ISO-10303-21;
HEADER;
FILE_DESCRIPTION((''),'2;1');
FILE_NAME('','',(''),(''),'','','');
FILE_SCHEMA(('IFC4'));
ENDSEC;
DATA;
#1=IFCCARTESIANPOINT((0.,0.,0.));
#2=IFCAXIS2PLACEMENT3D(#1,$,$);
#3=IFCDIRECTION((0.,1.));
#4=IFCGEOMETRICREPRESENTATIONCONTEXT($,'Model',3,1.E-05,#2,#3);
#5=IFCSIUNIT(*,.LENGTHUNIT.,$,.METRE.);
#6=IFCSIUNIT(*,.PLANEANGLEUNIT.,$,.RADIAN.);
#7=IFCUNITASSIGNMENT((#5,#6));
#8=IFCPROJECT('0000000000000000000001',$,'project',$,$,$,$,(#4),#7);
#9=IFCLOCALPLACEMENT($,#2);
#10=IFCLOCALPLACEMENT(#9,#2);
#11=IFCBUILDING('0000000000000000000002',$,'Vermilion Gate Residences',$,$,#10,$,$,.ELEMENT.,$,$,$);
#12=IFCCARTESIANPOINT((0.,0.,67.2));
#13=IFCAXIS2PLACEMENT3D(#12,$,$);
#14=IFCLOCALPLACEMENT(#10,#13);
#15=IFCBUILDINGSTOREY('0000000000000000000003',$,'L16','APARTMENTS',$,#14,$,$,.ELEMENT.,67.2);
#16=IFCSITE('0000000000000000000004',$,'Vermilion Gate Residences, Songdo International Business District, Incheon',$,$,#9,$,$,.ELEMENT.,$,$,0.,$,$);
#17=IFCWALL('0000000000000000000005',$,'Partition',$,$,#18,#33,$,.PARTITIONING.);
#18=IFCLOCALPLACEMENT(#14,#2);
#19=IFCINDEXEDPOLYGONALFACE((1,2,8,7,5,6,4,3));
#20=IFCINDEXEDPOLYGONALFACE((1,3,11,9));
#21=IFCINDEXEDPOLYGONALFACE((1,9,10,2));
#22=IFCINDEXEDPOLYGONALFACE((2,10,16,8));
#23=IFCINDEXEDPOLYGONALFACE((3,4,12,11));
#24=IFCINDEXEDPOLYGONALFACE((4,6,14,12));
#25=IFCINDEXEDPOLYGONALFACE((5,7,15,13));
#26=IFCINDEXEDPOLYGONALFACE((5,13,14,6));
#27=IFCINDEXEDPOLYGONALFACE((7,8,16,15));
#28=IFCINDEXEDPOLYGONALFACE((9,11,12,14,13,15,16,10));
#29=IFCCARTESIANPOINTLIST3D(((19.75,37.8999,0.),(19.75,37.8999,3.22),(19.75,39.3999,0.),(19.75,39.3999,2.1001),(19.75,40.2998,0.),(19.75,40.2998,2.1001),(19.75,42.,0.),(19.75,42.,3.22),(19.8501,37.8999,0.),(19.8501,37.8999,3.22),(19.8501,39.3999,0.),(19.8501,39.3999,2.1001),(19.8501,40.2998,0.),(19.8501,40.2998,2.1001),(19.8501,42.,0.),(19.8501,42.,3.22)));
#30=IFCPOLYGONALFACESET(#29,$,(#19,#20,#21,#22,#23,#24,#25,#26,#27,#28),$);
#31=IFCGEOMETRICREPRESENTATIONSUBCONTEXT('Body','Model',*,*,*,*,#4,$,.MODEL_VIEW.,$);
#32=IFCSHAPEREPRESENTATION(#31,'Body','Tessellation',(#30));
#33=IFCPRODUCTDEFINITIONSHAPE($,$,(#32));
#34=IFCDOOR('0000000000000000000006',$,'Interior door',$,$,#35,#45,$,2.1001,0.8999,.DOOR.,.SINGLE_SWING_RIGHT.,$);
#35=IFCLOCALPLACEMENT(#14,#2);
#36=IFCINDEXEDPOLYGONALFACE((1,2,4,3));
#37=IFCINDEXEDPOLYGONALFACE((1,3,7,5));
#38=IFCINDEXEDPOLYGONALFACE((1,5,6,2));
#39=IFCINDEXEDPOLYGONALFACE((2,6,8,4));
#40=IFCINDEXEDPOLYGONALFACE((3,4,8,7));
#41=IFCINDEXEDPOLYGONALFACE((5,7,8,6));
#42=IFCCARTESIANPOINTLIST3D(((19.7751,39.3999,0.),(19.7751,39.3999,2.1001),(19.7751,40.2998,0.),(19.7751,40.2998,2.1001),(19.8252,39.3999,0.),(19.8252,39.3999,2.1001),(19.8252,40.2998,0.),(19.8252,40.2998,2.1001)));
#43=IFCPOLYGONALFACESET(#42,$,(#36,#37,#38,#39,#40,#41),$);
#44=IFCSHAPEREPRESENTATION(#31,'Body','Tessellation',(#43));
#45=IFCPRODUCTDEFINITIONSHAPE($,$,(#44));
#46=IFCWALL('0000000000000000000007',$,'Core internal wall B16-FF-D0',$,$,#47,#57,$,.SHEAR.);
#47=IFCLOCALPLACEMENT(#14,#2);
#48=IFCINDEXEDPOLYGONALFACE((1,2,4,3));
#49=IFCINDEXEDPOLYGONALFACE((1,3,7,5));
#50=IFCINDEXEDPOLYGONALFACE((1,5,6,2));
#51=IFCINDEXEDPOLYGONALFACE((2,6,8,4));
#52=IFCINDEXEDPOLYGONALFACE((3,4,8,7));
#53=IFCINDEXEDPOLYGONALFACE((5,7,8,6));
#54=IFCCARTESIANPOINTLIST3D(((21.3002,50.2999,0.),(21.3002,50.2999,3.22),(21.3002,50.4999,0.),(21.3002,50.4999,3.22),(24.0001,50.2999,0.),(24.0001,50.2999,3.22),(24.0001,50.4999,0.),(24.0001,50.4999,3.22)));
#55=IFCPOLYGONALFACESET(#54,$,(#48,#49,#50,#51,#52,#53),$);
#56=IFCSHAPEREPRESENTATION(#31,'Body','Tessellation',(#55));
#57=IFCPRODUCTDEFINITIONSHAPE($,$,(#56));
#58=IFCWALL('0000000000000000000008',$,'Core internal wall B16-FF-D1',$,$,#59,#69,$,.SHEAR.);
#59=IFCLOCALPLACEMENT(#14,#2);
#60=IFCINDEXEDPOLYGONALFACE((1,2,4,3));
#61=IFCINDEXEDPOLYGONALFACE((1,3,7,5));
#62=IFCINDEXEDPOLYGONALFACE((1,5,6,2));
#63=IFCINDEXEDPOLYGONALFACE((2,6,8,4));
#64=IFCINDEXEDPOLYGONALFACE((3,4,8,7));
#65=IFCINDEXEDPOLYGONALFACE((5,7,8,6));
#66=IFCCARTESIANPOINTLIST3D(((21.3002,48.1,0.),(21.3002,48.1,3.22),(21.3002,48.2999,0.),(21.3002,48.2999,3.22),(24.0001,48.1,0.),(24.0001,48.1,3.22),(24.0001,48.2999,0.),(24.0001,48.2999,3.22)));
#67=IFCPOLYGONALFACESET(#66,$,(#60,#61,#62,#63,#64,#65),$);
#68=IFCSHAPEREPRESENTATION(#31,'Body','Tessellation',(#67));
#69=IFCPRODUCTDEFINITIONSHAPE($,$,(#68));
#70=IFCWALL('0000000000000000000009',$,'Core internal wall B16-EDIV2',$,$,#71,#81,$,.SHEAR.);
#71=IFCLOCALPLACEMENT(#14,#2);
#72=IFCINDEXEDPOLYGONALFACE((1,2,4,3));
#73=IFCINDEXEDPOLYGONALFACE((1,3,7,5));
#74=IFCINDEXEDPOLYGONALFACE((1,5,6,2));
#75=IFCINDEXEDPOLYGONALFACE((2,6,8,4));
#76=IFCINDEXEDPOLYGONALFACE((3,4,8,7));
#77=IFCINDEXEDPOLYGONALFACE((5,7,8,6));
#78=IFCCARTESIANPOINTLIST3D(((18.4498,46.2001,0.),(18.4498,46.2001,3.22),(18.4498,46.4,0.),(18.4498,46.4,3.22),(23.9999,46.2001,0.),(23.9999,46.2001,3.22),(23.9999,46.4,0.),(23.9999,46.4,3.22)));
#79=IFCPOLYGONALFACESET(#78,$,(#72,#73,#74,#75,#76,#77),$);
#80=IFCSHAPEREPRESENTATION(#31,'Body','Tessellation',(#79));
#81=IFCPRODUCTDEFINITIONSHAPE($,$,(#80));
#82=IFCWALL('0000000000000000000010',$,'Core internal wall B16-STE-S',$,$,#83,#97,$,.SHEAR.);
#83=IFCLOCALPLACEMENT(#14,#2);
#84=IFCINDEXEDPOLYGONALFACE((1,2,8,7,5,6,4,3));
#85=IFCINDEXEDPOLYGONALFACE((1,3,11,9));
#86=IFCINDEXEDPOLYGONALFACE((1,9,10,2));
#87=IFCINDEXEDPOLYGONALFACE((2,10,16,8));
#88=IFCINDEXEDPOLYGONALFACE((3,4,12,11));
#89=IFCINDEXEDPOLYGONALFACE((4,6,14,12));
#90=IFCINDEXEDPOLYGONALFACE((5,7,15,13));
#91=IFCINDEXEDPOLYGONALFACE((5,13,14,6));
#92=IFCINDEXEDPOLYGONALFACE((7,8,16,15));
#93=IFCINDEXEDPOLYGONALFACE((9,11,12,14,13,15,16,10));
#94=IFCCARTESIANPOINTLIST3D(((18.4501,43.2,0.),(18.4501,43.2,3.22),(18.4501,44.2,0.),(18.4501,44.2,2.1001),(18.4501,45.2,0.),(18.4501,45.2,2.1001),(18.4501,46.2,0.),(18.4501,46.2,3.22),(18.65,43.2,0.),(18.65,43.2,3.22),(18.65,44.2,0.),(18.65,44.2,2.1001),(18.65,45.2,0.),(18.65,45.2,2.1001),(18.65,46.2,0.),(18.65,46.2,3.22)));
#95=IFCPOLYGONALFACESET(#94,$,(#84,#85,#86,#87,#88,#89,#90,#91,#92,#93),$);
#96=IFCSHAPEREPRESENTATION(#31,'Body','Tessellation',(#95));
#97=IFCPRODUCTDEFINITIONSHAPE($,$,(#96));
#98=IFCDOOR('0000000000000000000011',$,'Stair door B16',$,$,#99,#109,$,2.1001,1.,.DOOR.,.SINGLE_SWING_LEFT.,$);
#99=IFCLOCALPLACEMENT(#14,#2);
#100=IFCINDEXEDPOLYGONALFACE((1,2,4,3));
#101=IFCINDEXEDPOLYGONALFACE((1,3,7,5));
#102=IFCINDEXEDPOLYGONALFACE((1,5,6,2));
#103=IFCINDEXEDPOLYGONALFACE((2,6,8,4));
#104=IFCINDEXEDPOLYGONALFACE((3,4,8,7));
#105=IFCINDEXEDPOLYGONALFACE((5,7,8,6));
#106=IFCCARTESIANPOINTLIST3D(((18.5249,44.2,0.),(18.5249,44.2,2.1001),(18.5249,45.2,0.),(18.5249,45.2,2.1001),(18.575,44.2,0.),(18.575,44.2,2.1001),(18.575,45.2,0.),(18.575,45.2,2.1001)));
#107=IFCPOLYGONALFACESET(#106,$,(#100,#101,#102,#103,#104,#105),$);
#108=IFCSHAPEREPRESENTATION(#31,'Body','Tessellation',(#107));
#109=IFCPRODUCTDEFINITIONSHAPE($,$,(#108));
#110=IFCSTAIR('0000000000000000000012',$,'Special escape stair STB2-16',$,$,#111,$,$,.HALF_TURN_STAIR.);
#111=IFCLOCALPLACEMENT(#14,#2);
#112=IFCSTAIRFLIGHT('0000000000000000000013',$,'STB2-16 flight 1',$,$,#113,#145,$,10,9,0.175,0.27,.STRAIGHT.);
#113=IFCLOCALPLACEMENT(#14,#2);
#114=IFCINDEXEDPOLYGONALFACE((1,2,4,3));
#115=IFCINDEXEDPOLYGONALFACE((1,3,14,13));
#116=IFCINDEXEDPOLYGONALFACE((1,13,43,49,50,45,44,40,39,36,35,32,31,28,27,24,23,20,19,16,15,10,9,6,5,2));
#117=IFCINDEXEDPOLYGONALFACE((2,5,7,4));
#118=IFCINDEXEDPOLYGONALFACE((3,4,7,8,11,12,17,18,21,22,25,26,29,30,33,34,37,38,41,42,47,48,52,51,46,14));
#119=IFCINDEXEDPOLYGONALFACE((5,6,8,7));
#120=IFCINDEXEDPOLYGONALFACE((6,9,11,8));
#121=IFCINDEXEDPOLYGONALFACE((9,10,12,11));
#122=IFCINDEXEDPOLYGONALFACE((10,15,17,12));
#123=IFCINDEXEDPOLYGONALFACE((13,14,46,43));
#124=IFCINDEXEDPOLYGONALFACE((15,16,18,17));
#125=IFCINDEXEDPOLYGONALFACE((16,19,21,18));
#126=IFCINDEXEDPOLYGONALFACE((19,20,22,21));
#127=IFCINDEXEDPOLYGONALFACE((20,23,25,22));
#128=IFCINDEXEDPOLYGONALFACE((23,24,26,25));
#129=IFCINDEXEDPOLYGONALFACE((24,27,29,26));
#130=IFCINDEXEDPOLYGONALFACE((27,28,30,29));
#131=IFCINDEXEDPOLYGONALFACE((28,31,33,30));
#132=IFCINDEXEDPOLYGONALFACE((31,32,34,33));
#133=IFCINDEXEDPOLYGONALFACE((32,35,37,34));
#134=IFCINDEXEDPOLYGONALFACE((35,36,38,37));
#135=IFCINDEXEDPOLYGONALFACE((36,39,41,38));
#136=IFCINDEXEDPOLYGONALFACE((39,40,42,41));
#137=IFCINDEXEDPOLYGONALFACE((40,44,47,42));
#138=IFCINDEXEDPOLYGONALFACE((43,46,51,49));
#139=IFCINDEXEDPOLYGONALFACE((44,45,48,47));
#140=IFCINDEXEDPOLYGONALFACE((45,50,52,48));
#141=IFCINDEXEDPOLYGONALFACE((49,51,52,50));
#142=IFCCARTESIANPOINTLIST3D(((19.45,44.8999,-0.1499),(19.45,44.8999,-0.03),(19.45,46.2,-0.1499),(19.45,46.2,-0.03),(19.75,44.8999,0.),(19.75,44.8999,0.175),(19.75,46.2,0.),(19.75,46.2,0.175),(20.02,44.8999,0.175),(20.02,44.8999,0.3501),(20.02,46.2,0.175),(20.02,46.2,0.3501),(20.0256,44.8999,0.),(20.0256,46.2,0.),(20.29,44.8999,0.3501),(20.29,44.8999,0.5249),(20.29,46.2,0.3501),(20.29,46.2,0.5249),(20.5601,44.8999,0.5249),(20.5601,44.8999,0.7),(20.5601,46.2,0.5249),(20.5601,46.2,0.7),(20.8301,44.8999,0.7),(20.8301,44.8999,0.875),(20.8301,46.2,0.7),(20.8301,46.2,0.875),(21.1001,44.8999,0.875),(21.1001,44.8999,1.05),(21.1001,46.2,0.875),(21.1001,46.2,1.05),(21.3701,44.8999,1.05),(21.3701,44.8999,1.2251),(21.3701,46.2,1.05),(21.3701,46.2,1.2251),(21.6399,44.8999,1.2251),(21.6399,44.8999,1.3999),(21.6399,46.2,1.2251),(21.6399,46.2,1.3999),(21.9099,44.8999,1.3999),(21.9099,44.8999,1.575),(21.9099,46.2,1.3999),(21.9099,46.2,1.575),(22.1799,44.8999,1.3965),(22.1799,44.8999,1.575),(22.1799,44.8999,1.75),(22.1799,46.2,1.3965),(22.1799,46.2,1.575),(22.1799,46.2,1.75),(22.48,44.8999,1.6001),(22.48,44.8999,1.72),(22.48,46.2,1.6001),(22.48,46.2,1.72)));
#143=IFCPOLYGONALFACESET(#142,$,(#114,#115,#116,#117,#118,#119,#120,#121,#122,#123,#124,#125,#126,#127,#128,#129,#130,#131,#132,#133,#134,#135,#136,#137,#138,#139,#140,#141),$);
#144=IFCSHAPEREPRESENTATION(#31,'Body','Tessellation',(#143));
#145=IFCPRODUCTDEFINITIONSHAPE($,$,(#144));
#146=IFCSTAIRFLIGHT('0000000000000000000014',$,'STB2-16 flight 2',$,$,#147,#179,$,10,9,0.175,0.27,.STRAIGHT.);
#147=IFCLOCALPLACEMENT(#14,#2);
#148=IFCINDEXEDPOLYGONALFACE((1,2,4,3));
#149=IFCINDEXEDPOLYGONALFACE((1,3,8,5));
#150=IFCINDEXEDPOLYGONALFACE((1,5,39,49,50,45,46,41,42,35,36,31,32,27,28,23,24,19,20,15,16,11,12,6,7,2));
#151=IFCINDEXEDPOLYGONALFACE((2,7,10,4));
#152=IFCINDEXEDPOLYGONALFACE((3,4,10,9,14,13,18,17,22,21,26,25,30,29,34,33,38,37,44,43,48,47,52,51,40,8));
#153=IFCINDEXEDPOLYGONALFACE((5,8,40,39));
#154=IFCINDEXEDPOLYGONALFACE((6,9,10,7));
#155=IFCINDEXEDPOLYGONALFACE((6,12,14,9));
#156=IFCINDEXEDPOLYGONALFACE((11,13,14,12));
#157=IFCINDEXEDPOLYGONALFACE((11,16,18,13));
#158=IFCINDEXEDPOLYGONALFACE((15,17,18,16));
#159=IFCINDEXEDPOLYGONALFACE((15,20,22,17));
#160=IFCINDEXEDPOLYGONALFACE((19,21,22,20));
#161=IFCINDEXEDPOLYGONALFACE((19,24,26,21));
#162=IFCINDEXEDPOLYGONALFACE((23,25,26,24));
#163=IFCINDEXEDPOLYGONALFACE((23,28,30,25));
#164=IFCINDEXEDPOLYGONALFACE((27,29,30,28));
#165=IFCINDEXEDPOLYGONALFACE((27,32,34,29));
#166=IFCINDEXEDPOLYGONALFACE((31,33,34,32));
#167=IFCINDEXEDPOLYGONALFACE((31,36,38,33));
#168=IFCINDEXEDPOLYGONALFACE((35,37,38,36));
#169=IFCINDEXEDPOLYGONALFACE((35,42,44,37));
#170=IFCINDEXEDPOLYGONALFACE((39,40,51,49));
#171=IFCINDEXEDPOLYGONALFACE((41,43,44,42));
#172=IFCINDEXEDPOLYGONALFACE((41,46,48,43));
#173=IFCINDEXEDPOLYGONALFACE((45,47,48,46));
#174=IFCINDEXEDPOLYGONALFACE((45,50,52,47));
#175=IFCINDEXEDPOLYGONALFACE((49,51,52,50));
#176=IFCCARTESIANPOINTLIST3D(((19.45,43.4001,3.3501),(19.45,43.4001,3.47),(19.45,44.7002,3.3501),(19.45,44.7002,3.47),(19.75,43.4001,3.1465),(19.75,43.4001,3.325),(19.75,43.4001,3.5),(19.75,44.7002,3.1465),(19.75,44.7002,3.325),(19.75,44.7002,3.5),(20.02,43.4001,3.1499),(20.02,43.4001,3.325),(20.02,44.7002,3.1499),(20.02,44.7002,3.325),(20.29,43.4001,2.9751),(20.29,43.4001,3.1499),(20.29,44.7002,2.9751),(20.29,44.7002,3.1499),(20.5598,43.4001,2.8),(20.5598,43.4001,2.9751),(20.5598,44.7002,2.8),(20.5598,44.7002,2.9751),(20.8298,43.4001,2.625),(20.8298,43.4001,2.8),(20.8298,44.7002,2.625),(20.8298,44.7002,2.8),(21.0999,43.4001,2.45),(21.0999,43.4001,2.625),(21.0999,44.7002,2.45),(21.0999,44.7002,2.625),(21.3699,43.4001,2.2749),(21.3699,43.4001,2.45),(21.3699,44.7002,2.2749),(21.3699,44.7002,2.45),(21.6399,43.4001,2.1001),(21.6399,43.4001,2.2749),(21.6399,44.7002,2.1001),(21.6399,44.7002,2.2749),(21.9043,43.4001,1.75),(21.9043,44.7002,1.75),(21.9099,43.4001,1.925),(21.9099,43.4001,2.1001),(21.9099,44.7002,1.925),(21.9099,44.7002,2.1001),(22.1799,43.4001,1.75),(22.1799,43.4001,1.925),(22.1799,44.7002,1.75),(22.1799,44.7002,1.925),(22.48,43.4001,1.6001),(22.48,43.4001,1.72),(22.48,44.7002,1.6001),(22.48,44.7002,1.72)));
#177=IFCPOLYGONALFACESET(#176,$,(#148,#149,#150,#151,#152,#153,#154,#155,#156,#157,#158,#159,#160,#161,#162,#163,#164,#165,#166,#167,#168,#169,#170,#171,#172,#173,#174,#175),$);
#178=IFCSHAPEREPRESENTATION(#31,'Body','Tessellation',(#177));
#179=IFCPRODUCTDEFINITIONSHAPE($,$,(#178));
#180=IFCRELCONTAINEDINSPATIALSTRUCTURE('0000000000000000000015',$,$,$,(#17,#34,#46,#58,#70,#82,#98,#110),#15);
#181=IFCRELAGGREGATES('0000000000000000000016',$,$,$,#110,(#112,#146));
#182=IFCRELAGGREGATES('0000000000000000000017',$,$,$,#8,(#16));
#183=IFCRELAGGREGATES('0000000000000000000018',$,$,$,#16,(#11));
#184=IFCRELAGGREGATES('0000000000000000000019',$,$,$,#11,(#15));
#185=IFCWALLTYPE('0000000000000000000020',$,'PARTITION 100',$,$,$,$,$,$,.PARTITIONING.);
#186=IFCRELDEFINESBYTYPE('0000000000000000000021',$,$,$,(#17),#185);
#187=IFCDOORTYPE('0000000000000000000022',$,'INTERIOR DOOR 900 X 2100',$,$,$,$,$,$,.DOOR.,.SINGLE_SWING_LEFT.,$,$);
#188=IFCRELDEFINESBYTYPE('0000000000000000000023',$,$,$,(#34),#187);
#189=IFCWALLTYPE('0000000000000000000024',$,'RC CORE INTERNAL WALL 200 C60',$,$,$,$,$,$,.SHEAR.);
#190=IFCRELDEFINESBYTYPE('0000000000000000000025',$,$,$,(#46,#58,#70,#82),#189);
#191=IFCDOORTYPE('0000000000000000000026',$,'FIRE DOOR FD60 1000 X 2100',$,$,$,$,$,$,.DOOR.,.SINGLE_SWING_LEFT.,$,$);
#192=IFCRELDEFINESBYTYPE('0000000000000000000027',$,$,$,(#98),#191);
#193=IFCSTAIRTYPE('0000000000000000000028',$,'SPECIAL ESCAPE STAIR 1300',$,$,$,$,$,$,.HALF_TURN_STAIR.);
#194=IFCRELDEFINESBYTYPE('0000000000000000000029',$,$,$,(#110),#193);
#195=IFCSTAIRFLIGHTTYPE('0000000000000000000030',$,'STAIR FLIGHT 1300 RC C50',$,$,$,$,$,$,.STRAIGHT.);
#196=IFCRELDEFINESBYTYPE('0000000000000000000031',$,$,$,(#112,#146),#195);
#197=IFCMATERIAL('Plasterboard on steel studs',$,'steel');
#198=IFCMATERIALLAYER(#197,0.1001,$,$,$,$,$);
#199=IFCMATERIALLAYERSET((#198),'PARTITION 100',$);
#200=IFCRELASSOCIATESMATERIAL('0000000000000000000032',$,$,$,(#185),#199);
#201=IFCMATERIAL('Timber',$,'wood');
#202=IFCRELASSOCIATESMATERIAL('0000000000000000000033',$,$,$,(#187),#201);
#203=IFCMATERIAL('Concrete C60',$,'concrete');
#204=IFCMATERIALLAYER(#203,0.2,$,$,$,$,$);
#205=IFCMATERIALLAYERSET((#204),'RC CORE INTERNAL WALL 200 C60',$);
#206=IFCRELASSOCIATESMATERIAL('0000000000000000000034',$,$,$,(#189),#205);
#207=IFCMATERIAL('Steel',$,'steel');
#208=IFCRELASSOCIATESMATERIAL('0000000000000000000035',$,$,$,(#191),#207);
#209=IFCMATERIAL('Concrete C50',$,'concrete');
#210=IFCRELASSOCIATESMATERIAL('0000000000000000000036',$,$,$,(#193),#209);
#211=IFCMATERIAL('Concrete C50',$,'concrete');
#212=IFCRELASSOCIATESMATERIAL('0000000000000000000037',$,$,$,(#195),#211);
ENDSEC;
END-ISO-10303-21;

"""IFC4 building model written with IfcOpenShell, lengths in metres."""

from ifc_helpers import new_model, si_unit, direction, frame, frame_2d, origin, place, context, subcontext, project, spatial, polyline, rectangle, outline, extrude, material, layer, layer_set, type_object, element, fill, aggregate, save


model = new_model("IFC4")

# Units and contexts
model_context = context("Model", 3, precision=1e-05, world=origin(), true_north=direction((0.0, 1.0)))
body_context = subcontext(model_context, "Body", "Model", "MODEL_VIEW")
ifc_project = project(units=[si_unit("LENGTHUNIT", "METRE"), si_unit("PLANEANGLEUNIT", "RADIAN")], contexts=[model_context])

# Site, building, storey
site_placement = place(None, origin())
site = spatial("IfcSite", under=ifc_project, at=site_placement, Name="Vermilion Gate Residences, Songdo International Business District, Incheon", CompositionType="ELEMENT", RefElevation=0.0)
building_placement = place(site_placement, origin())
building = spatial("IfcBuilding", under=site, at=building_placement, Name="Vermilion Gate Residences", CompositionType="ELEMENT")
storey_placement = place(building_placement, frame((0.0, 0.0, 67.2)))
storey = spatial("IfcBuildingStorey", under=building, at=storey_placement, Name="L16", Description="APARTMENTS", CompositionType="ELEMENT", Elevation=67.2)

# Wall, opening, door
ifc_material_1 = material(Name="Plasterboard on steel studs", Category="steel")
ifc_layer_1 = layer(ifc_material_1, 0.1001)
ifc_layer_set_1 = layer_set([ifc_layer_1], Name="PARTITION 100")
wall_type_1 = type_object("IfcWallType", Name="PARTITION 100", PredefinedType="PARTITIONING", material=ifc_layer_set_1)
wall_1_placement = place(storey_placement, frame((19.8, 37.8999, 0.0), z_axis=(0.0, 0.0, 1.0), x_axis=(0.0, 1.0, 0.0)))
wall_1 = element("IfcWall", 1, at=wall_1_placement, inside=storey, type_object=wall_type_1, Name="Partition", PredefinedType="PARTITIONING", context=body_context, shape_type="SweptSolid", body=[
    extrude(rectangle(XDim=4.1001, YDim=0.1001, at=frame_2d((2.05, 0.0))), origin(), (0.0, 0.0, 1.0), 3.22),
])
opening_1_placement = place(wall_1_placement, frame((1.5, 0.0, 0.0)))
opening_1 = element("IfcOpeningElement", 2, at=opening_1_placement, cuts=wall_1, PredefinedType="OPENING", context=body_context, shape_type="SweptSolid", body=[
    extrude(rectangle(XDim=0.8999, YDim=2.1001, at=frame_2d((0.45, 1.05))), frame((0.0, 0.0601, 0.0), z_axis=(0.0, -1.0, 0.0), x_axis=(1.0, 0.0, 0.0)), (0.0, 0.0, 1.0), 0.1201),
])
ifc_material_2 = material(Name="Timber", Category="wood")
door_type_1 = type_object("IfcDoorType", Name="INTERIOR DOOR 900 X 2100", OperationType="SINGLE_SWING_LEFT", PredefinedType="DOOR", material=ifc_material_2)
door_1_placement = place(opening_1_placement, origin())
door_1 = element("IfcDoor", 3, at=door_1_placement, inside=storey, type_object=door_type_1, Name="Interior door", OperationType="SINGLE_SWING_RIGHT", OverallHeight=2.1001, OverallWidth=0.8999, PredefinedType="DOOR", context=body_context, shape_type="SweptSolid", body=[
    extrude(rectangle(XDim=0.8999, YDim=2.1001, at=frame_2d((0.45, 1.05))), frame((0.0, 0.0249, 0.0), z_axis=(0.0, -1.0, 0.0), x_axis=(1.0, 0.0, 0.0)), (0.0, 0.0, 1.0), 0.05),
])
fill(opening_1, door_1)

# Walls
ifc_material_3 = material(Name="Concrete C60", Category="concrete")
ifc_layer_2 = layer(ifc_material_3, 0.2)
ifc_layer_set_2 = layer_set([ifc_layer_2], Name="RC CORE INTERNAL WALL 200 C60")
wall_type_2 = type_object("IfcWallType", Name="RC CORE INTERNAL WALL 200 C60", PredefinedType="SHEAR", material=ifc_layer_set_2)
for number, where, z_axis, x_axis, name in (
    (4, (21.3, 50.3999, 0.0), (0.0, 0.0, 1.0), (1.0, 0.0, 0.0), "Core internal wall B16-FF-D0"),
    (5, (21.3, 48.2, 0.0), (0.0, 0.0, 1.0), (1.0, 0.0, 0.0), "Core internal wall B16-FF-D1"),
):
    element("IfcWall", number, at=place(storey_placement, frame(where, z_axis=z_axis, x_axis=x_axis)), inside=storey, type_object=wall_type_2, Name=name, PredefinedType="SHEAR", context=body_context, shape_type="SweptSolid", body=[
        extrude(rectangle(XDim=2.7, YDim=0.2, at=frame_2d((1.3501, 0.0))), origin(), (0.0, 0.0, 1.0), 3.22),
    ])
wall_2_placement = place(storey_placement, frame((18.45, 46.3, 0.0), z_axis=(0.0, 0.0, 1.0), x_axis=(1.0, 0.0, 0.0)))
element("IfcWall", 6, at=wall_2_placement, inside=storey, type_object=wall_type_2, Name="Core internal wall B16-EDIV2", PredefinedType="SHEAR", context=body_context, shape_type="SweptSolid", body=[
    extrude(rectangle(XDim=5.55, YDim=0.2, at=frame_2d((2.7749, 0.0))), origin(), (0.0, 0.0, 1.0), 3.22),
])

# Wall, opening, door
wall_3_placement = place(storey_placement, frame((18.55, 46.2, 0.0), z_axis=(0.0, 0.0, 1.0), x_axis=(0.0, -1.0, 0.0)))
wall_3 = element("IfcWall", 7, at=wall_3_placement, inside=storey, type_object=wall_type_2, Name="Core internal wall B16-STE-S", PredefinedType="SHEAR", context=body_context, shape_type="SweptSolid", body=[
    extrude(rectangle(XDim=3.0, YDim=0.2, at=frame_2d((1.5, 0.0))), origin(), (0.0, 0.0, 1.0), 3.22),
])
opening_2_placement = place(wall_3_placement, frame((1.0, 0.0, 0.0)))
opening_2 = element("IfcOpeningElement", 8, at=opening_2_placement, cuts=wall_3, PredefinedType="OPENING", context=body_context, shape_type="SweptSolid", body=[
    extrude(rectangle(XDim=1.0, YDim=2.1001, at=frame_2d((0.5, 1.05))), frame((0.0, 0.1099, 0.0), z_axis=(0.0, -1.0, 0.0), x_axis=(1.0, 0.0, 0.0)), (0.0, 0.0, 1.0), 0.22),
])
ifc_material_4 = material(Name="Steel", Category="steel")
door_type_2 = type_object("IfcDoorType", Name="FIRE DOOR FD60 1000 X 2100", OperationType="SINGLE_SWING_LEFT", PredefinedType="DOOR", material=ifc_material_4)
door_2_placement = place(opening_2_placement, origin())
door_2 = element("IfcDoor", 9, at=door_2_placement, inside=storey, type_object=door_type_2, Name="Stair door B16", OperationType="SINGLE_SWING_LEFT", OverallHeight=2.1001, OverallWidth=1.0, PredefinedType="DOOR", context=body_context, shape_type="SweptSolid", body=[
    extrude(rectangle(XDim=1.0, YDim=2.1001, at=frame_2d((0.5, 1.05))), frame((0.0, 0.0249, 0.0), z_axis=(0.0, -1.0, 0.0), x_axis=(1.0, 0.0, 0.0)), (0.0, 0.0, 1.0), 0.05),
])
fill(opening_2, door_2)

# Stair, stair flights
ifc_material_5 = material(Name="Concrete C50", Category="concrete")
stair_type = type_object("IfcStairType", Name="SPECIAL ESCAPE STAIR 1300", PredefinedType="HALF_TURN_STAIR", material=ifc_material_5)
stair_placement = place(storey_placement, origin())
stair = element("IfcStair", 10, at=stair_placement, inside=storey, type_object=stair_type, Name="Special escape stair STB2-16", PredefinedType="HALF_TURN_STAIR")
ifc_material_6 = material(Name="Concrete C50", Category="concrete")
stair_flight_type = type_object("IfcStairFlightType", Name="STAIR FLIGHT 1300 RC C50", PredefinedType="STRAIGHT", material=ifc_material_6)
stair_flight_1_placement = place(storey_placement, frame((19.75, 45.55, 0.0), z_axis=(0.0, 0.0, 1.0), x_axis=(1.0, 0.0, 0.0)))
stair_flight_1 = element("IfcStairFlight", 11, at=stair_flight_1_placement, type_object=stair_flight_type, Name="STB2-16 flight 1", NumberOfRisers=10, NumberOfTreads=9, PredefinedType="STRAIGHT", RiserHeight=0.175, TreadLength=0.27, context=body_context, shape_type="SweptSolid", body=[
    extrude(outline(polyline([(-0.3, -0.1499), (-0.3, -0.03), (0.0, 0.0), (0.0, 0.175), (0.27, 0.175), (0.27, 0.3501), (0.54, 0.3501), (0.54, 0.5249), (0.8101, 0.5249), (0.8101, 0.7), (1.0801, 0.7), (1.0801, 0.875), (1.3501, 0.875), (1.3501, 1.05), (1.6201, 1.05), (1.6201, 1.2251), (1.8899, 1.2251), (1.8899, 1.3999), (2.1599, 1.3999), (2.1599, 1.575), (2.4299, 1.575), (2.4299, 1.75), (2.73, 1.72), (2.73, 1.6001), (2.4299, 1.3965), (0.2756, 0.0), (-0.3, -0.1499)])), frame((0.0, 0.6499, 0.0), z_axis=(0.0, -1.0, 0.0), x_axis=(1.0, 0.0, 0.0)), (0.0, 0.0, 1.0), 1.3),
])
stair_flight_2_placement = place(storey_placement, frame((22.1799, 44.05, 1.75), z_axis=(0.0, 0.0, 1.0), x_axis=(-1.0, 0.0, 0.0)))
stair_flight_2 = element("IfcStairFlight", 12, at=stair_flight_2_placement, type_object=stair_flight_type, Name="STB2-16 flight 2", NumberOfRisers=10, NumberOfTreads=9, PredefinedType="STRAIGHT", RiserHeight=0.175, TreadLength=0.27, context=body_context, shape_type="SweptSolid", body=[
    extrude(outline(polyline([(-0.3, -0.1499), (-0.3, -0.03), (0.0, 0.0), (0.0, 0.175), (0.27, 0.175), (0.27, 0.3501), (0.54, 0.3501), (0.54, 0.5249), (0.8101, 0.5249), (0.8101, 0.7), (1.0801, 0.7), (1.0801, 0.875), (1.3501, 0.875), (1.3501, 1.05), (1.6201, 1.05), (1.6201, 1.2251), (1.8899, 1.2251), (1.8899, 1.3999), (2.1599, 1.3999), (2.1599, 1.575), (2.4299, 1.575), (2.4299, 1.75), (2.73, 1.72), (2.73, 1.6001), (2.4299, 1.3965), (0.2756, 0.0), (-0.3, -0.1499)])), frame((0.0, 0.6499, 0.0), z_axis=(0.0, -1.0, 0.0), x_axis=(1.0, 0.0, 0.0)), (0.0, 0.0, 1.0), 1.3),
])
aggregate(stair, [stair_flight_1, stair_flight_2])

save(model, "model.ifc")
